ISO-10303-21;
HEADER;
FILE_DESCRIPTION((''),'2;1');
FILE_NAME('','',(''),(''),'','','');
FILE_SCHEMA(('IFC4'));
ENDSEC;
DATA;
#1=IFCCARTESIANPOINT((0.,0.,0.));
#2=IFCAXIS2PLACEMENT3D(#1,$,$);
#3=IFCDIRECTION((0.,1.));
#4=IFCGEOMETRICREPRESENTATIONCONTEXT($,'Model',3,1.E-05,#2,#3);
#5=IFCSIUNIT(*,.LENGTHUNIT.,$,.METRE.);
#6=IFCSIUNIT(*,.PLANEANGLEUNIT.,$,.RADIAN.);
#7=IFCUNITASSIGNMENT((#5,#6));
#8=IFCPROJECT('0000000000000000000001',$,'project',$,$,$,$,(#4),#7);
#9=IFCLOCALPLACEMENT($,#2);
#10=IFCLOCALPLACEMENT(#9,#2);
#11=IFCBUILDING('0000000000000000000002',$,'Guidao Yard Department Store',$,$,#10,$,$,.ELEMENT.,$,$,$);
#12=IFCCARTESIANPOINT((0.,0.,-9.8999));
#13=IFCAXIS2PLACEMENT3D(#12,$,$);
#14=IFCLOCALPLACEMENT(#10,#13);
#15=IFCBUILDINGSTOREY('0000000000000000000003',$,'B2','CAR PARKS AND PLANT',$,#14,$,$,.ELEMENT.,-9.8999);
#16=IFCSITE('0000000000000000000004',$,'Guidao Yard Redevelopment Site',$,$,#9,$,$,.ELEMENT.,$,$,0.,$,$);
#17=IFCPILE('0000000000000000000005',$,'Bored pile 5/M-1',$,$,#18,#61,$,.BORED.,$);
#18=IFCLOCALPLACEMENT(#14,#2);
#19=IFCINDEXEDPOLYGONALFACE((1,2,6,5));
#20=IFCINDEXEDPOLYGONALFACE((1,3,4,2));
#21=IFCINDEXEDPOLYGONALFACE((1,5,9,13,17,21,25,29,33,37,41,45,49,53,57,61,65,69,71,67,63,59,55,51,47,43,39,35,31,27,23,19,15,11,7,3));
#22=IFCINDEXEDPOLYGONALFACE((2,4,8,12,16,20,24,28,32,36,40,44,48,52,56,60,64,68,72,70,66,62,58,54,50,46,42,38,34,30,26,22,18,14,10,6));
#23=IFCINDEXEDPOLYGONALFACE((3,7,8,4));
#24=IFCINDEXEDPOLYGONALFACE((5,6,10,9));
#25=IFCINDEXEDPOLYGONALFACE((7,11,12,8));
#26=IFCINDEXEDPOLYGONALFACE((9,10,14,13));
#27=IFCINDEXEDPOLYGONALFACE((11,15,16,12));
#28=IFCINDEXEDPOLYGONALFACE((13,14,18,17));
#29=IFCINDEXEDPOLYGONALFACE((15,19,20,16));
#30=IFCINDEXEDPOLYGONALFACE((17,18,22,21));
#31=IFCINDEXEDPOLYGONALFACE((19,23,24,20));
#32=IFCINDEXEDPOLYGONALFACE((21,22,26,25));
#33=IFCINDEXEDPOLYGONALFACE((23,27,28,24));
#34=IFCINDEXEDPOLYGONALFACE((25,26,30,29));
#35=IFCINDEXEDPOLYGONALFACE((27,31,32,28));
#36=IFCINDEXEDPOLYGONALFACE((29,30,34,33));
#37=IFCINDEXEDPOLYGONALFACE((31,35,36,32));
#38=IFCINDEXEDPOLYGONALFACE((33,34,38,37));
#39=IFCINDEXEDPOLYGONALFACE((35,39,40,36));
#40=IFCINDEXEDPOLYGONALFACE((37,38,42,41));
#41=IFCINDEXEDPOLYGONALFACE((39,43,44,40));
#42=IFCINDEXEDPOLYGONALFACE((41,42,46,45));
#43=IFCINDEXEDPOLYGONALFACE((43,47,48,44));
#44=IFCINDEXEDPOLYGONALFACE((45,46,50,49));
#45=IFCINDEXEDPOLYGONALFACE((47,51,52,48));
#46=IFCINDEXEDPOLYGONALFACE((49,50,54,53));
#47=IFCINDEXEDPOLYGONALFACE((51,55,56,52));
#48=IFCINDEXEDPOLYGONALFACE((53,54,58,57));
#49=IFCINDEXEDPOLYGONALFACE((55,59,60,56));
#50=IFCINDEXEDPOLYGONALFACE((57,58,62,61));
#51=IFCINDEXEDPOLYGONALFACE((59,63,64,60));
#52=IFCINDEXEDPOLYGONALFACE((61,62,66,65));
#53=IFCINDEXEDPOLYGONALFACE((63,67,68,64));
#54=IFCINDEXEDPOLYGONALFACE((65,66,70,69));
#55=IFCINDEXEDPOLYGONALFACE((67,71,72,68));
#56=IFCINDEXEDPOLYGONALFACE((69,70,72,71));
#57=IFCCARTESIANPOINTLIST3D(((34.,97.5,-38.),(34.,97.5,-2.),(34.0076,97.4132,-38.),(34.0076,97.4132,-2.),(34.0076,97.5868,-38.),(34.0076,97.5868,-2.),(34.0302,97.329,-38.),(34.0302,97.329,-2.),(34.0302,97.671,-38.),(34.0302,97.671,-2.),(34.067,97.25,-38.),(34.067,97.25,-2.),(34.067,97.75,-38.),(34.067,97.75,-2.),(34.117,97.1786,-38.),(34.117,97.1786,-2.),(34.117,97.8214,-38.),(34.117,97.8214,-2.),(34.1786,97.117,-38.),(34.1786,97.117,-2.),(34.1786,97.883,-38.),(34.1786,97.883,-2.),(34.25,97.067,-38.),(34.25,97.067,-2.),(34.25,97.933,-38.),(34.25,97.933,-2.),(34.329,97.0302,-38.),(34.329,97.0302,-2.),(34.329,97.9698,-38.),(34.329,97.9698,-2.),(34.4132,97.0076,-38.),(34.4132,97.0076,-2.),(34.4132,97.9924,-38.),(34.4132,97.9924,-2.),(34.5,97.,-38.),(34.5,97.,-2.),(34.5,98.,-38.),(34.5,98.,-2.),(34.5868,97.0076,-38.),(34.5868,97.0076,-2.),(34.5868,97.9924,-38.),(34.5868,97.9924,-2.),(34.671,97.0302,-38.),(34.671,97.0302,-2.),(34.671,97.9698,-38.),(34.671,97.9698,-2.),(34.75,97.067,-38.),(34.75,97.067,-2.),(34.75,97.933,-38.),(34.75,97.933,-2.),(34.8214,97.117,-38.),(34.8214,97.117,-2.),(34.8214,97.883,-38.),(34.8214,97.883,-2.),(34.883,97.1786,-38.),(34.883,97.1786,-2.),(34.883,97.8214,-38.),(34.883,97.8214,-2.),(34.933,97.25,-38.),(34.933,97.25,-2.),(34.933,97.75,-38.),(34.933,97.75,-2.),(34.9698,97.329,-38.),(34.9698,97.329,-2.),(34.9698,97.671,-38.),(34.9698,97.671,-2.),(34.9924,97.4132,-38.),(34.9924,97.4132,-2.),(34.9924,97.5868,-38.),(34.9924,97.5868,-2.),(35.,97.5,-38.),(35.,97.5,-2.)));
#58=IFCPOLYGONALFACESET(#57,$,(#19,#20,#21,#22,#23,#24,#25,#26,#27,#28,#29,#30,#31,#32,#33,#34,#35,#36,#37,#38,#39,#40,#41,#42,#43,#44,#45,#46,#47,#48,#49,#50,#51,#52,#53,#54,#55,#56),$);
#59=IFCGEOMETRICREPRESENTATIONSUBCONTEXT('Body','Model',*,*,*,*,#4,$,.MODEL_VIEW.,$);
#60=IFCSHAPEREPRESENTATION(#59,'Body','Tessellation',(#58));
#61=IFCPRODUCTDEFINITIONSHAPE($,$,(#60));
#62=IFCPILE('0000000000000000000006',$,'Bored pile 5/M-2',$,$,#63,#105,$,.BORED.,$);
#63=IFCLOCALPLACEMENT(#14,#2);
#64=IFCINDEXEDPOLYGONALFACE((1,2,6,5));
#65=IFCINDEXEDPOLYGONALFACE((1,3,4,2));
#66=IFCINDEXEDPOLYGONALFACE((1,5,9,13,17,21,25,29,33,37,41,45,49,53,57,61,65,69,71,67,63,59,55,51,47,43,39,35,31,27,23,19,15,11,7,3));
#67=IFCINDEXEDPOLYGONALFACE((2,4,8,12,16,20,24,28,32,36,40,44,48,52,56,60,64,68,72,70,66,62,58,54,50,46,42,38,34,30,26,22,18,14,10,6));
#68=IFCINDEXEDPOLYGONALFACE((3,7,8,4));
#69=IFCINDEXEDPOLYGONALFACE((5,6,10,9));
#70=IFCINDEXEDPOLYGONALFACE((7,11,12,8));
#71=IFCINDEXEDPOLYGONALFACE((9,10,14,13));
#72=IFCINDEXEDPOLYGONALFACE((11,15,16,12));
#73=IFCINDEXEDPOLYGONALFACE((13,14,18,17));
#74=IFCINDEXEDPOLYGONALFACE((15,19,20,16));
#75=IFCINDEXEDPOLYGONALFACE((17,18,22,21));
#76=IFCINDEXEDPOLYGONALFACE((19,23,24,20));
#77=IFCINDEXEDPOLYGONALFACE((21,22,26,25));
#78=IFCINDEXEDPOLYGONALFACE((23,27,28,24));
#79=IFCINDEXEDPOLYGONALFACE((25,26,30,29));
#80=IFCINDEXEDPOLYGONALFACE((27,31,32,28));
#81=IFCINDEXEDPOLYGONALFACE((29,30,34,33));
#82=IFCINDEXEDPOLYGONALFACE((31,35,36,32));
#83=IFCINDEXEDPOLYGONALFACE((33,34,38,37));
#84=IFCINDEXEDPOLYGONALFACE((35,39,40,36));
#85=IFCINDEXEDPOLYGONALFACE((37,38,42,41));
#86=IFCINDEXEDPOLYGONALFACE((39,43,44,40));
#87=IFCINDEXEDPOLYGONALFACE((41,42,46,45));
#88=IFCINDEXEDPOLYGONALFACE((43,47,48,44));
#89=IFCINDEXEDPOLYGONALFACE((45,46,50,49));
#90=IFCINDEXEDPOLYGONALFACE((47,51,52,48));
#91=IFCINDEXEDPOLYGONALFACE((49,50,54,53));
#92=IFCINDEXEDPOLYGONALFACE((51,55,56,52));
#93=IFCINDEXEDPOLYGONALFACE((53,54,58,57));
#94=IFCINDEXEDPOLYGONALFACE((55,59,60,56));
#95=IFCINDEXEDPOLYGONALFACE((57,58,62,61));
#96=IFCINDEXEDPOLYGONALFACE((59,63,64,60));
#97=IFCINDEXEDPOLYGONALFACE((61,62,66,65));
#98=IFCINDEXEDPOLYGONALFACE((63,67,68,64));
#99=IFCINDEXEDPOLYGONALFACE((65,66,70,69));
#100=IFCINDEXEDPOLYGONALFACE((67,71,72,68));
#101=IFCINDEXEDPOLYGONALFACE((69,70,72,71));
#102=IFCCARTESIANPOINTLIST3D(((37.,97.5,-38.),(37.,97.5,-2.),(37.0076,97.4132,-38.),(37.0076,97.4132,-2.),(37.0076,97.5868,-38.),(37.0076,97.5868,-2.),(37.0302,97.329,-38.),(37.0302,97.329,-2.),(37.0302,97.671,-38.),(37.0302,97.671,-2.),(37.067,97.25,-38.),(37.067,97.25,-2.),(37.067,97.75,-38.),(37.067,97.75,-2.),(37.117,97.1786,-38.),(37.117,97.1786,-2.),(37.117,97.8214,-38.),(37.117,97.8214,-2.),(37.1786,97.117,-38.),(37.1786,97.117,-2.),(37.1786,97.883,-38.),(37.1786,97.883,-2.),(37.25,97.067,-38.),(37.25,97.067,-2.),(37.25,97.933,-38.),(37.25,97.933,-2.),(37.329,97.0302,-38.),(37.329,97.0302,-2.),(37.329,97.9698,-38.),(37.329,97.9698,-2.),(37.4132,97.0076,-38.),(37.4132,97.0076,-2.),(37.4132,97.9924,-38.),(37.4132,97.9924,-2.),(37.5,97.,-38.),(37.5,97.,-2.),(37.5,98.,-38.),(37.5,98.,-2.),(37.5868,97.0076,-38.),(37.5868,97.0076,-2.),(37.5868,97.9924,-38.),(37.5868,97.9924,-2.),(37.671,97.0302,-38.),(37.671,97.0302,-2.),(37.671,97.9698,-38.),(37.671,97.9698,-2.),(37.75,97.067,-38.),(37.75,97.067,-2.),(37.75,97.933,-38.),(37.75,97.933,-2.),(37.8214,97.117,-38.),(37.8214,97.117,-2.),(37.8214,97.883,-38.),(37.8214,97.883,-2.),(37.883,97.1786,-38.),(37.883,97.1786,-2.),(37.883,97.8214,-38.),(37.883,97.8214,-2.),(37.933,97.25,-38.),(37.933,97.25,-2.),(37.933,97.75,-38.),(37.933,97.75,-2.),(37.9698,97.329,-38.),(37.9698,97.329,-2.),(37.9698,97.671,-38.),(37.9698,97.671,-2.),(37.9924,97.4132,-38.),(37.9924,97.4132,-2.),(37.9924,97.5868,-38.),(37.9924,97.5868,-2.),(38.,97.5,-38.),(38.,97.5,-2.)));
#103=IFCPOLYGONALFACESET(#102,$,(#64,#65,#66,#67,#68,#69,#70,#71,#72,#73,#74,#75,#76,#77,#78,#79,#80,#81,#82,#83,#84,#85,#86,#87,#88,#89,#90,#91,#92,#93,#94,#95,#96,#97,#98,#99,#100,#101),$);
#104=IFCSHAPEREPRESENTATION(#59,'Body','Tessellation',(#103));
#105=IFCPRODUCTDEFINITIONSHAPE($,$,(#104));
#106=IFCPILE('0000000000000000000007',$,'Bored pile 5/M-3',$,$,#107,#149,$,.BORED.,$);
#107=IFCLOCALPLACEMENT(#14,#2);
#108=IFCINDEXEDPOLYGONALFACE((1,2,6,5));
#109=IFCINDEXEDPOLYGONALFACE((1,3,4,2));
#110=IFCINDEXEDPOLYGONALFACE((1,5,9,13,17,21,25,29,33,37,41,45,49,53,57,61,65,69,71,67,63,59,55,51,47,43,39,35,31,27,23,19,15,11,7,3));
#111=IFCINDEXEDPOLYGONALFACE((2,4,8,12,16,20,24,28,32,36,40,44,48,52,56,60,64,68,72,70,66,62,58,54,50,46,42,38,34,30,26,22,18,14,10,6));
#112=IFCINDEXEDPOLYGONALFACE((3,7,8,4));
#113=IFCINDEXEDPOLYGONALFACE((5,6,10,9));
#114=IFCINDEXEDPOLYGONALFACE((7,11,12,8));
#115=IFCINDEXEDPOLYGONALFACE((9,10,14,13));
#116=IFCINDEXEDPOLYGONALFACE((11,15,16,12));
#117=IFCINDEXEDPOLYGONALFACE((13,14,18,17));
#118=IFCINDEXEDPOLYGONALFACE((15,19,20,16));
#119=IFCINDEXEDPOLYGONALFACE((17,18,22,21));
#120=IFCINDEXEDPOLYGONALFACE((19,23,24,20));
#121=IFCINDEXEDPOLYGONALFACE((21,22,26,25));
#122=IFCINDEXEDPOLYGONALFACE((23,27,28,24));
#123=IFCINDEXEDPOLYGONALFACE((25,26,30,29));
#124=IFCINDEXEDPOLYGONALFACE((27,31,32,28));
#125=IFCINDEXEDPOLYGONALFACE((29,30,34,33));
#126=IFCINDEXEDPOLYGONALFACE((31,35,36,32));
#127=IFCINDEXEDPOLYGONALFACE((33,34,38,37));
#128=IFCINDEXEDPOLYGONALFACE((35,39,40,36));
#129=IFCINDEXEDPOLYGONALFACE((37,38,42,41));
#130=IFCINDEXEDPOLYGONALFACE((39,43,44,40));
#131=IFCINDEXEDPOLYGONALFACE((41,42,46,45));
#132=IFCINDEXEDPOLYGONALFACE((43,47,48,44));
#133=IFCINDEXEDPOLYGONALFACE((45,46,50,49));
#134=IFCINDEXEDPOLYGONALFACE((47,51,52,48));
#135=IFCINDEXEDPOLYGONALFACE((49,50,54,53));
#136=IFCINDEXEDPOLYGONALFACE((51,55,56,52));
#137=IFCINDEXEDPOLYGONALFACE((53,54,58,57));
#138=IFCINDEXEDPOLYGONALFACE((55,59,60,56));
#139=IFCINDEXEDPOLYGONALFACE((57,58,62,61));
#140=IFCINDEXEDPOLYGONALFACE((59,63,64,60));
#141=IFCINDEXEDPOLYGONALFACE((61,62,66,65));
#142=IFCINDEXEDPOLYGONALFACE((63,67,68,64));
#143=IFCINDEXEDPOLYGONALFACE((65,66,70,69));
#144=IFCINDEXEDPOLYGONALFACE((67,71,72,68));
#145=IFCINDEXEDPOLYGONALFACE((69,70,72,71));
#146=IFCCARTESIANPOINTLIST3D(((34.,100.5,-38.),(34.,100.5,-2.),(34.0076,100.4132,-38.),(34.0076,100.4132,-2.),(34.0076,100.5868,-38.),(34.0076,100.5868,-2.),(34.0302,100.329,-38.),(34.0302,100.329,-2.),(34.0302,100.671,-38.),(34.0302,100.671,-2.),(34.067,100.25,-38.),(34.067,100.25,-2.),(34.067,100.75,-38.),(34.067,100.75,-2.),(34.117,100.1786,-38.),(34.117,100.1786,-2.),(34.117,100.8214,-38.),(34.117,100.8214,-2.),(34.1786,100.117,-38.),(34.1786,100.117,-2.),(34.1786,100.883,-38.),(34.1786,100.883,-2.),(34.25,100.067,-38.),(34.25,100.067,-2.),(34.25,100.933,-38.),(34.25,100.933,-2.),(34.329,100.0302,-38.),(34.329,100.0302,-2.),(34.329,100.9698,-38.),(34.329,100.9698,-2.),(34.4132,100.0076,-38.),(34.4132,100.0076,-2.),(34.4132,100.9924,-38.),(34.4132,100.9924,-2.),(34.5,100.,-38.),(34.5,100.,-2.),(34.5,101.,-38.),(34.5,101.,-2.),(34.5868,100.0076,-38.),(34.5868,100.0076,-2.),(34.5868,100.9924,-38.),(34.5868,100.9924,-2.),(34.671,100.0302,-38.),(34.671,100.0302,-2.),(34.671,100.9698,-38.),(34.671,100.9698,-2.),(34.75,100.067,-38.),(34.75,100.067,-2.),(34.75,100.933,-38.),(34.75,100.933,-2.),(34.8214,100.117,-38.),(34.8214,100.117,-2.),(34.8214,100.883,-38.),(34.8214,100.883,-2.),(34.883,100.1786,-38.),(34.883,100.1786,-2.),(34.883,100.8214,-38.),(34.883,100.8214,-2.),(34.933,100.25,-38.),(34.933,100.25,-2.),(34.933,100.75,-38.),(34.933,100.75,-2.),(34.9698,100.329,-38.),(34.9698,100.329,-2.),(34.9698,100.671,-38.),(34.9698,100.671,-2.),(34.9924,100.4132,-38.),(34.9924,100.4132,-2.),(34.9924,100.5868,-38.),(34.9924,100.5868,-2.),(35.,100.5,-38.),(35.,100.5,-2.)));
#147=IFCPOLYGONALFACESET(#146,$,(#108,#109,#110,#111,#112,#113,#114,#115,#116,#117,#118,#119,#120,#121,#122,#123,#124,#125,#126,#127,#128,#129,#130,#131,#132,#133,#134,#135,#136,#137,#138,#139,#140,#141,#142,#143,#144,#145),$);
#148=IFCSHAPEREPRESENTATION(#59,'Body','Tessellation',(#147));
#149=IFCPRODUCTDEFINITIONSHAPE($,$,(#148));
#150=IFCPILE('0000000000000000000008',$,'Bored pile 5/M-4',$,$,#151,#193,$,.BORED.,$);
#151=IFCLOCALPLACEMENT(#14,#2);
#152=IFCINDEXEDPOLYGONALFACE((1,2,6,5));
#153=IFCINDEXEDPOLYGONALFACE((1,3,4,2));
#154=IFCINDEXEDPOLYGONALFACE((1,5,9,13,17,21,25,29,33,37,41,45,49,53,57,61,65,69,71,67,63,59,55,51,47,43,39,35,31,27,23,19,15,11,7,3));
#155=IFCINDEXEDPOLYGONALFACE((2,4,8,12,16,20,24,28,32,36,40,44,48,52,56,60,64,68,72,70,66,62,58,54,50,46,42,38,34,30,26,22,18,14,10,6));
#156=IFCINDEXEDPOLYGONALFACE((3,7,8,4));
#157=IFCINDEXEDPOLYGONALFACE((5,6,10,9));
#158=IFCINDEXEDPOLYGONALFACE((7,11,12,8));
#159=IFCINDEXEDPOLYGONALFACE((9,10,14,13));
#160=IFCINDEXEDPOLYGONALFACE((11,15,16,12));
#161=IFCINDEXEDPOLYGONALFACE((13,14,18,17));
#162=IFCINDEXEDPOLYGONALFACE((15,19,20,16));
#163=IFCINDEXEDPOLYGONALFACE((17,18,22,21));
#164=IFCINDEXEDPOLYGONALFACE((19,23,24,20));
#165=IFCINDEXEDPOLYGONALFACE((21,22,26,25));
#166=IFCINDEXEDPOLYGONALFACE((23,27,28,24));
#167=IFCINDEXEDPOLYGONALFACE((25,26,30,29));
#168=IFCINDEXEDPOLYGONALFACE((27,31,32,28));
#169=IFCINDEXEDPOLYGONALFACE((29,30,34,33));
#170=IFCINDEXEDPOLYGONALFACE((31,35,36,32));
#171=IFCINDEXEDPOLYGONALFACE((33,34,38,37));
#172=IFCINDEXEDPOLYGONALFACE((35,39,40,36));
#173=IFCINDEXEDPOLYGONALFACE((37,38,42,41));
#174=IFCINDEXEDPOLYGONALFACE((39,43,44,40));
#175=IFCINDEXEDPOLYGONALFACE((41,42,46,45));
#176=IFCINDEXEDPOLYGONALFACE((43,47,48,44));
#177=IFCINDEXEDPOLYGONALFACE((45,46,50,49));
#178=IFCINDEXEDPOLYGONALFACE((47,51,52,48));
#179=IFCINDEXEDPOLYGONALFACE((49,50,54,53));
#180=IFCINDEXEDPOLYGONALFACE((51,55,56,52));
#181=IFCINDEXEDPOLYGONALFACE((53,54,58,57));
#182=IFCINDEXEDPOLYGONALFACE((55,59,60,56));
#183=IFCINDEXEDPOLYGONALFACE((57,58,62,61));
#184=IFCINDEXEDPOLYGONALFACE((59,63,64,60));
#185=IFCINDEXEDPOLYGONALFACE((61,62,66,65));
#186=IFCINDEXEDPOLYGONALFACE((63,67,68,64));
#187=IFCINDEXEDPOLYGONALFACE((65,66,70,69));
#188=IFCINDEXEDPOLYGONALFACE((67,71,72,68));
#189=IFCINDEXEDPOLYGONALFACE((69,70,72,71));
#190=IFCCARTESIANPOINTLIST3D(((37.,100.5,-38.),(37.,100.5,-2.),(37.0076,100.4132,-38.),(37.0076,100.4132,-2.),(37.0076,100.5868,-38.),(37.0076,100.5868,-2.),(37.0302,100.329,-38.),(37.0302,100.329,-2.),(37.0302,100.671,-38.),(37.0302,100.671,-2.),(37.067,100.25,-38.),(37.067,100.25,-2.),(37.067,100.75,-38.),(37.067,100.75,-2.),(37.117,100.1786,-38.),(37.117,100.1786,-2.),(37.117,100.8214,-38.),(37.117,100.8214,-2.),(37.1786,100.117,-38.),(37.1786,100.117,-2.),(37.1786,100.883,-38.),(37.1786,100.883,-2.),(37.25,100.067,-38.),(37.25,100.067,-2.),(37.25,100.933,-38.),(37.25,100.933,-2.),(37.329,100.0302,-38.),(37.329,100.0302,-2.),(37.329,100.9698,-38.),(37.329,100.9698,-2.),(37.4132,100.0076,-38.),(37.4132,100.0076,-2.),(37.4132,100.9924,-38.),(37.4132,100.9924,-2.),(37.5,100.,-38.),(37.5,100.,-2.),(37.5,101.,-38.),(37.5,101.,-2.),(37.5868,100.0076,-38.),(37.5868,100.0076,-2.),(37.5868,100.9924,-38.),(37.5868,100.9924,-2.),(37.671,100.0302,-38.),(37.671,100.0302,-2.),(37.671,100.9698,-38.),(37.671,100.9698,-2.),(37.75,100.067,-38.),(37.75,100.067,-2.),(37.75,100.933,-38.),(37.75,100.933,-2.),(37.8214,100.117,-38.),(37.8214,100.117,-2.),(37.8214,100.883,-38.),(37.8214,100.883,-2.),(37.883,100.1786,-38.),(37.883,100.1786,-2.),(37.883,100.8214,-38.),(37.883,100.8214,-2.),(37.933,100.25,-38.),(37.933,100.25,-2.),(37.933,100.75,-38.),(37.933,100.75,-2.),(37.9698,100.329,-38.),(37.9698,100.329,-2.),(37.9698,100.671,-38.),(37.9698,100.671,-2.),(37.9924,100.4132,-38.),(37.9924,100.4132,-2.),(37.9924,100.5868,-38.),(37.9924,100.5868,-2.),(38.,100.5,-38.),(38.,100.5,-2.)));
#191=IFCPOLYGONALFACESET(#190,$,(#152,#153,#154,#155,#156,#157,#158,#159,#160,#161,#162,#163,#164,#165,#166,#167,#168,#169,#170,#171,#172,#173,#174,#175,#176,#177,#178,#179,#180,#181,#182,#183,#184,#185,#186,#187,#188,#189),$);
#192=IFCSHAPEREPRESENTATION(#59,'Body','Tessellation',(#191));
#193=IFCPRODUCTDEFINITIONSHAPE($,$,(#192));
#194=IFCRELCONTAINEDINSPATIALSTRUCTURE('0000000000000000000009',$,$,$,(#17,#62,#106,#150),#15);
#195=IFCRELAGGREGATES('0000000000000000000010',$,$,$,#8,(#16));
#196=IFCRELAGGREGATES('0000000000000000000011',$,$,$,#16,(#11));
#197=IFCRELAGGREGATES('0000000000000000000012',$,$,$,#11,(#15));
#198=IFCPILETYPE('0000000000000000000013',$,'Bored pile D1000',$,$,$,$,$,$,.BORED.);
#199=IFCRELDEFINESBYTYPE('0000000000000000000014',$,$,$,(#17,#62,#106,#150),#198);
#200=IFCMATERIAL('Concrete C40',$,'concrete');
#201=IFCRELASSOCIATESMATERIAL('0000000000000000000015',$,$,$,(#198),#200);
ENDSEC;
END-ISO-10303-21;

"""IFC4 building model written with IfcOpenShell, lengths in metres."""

from ifc_helpers import new_model, si_unit, direction, frame, origin, origin_2d, place, context, subcontext, project, spatial, circle, extrude, material, material_profile, profile_set, type_object, element, save


model = new_model("IFC4")

# Units and contexts
model_context = context("Model", 3, precision=1e-05, world=origin(), true_north=direction((0.0, 1.0)))
body_context = subcontext(model_context, "Body", "Model", "MODEL_VIEW")
ifc_project = project(units=[si_unit("LENGTHUNIT", "METRE"), si_unit("PLANEANGLEUNIT", "RADIAN")], contexts=[model_context])

# Site, building, storey
site_placement = place(None, origin())
site = spatial("IfcSite", under=ifc_project, at=site_placement, Name="Guidao Yard Redevelopment Site", CompositionType="ELEMENT", RefElevation=0.0)
building_placement = place(site_placement, origin())
building = spatial("IfcBuilding", under=site, at=building_placement, Name="Guidao Yard Department Store", CompositionType="ELEMENT")
storey_placement = place(building_placement, frame((0.0, 0.0, -9.8999)))
storey = spatial("IfcBuildingStorey", under=building, at=storey_placement, Name="B2", Description="CAR PARKS AND PLANT", CompositionType="ELEMENT", Elevation=-9.8999)

# Piles
ifc_material_1 = material(Name="Concrete C40", Category="concrete")
ifc_material_profile_1 = material_profile(ifc_material_1, circle(Radius=0.5, at=origin_2d()), Name="Bored pile D1000")
ifc_profile_set_1 = profile_set([ifc_material_profile_1], Name="Concrete C40")
pile_type = type_object("IfcPileType", Name="Bored pile D1000", PredefinedType="BORED", material=ifc_profile_set_1)
for number, where, z_axis, x_axis, name in (
    (1, (34.5, 97.5, -2.0), (0.0, 0.0, -1.0), (1.0, 0.0, 0.0), "Bored pile 5/M-1"),
    (2, (37.5, 97.5, -2.0), (0.0, 0.0, -1.0), (1.0, 0.0, 0.0), "Bored pile 5/M-2"),
    (3, (34.5, 100.5, -2.0), (0.0, 0.0, -1.0), (1.0, 0.0, 0.0), "Bored pile 5/M-3"),
    (4, (37.5, 100.5, -2.0), (0.0, 0.0, -1.0), (1.0, 0.0, 0.0), "Bored pile 5/M-4"),
):
    element("IfcPile", number, at=place(storey_placement, frame(where, z_axis=z_axis, x_axis=x_axis)), inside=storey, type_object=pile_type, Name=name, PredefinedType="BORED", context=body_context, shape_type="SweptSolid", body=[
        extrude(circle(Radius=0.5, at=origin_2d()), origin(), (0.0, 0.0, 1.0), 36.0),
    ])

save(model, "model.ifc")
